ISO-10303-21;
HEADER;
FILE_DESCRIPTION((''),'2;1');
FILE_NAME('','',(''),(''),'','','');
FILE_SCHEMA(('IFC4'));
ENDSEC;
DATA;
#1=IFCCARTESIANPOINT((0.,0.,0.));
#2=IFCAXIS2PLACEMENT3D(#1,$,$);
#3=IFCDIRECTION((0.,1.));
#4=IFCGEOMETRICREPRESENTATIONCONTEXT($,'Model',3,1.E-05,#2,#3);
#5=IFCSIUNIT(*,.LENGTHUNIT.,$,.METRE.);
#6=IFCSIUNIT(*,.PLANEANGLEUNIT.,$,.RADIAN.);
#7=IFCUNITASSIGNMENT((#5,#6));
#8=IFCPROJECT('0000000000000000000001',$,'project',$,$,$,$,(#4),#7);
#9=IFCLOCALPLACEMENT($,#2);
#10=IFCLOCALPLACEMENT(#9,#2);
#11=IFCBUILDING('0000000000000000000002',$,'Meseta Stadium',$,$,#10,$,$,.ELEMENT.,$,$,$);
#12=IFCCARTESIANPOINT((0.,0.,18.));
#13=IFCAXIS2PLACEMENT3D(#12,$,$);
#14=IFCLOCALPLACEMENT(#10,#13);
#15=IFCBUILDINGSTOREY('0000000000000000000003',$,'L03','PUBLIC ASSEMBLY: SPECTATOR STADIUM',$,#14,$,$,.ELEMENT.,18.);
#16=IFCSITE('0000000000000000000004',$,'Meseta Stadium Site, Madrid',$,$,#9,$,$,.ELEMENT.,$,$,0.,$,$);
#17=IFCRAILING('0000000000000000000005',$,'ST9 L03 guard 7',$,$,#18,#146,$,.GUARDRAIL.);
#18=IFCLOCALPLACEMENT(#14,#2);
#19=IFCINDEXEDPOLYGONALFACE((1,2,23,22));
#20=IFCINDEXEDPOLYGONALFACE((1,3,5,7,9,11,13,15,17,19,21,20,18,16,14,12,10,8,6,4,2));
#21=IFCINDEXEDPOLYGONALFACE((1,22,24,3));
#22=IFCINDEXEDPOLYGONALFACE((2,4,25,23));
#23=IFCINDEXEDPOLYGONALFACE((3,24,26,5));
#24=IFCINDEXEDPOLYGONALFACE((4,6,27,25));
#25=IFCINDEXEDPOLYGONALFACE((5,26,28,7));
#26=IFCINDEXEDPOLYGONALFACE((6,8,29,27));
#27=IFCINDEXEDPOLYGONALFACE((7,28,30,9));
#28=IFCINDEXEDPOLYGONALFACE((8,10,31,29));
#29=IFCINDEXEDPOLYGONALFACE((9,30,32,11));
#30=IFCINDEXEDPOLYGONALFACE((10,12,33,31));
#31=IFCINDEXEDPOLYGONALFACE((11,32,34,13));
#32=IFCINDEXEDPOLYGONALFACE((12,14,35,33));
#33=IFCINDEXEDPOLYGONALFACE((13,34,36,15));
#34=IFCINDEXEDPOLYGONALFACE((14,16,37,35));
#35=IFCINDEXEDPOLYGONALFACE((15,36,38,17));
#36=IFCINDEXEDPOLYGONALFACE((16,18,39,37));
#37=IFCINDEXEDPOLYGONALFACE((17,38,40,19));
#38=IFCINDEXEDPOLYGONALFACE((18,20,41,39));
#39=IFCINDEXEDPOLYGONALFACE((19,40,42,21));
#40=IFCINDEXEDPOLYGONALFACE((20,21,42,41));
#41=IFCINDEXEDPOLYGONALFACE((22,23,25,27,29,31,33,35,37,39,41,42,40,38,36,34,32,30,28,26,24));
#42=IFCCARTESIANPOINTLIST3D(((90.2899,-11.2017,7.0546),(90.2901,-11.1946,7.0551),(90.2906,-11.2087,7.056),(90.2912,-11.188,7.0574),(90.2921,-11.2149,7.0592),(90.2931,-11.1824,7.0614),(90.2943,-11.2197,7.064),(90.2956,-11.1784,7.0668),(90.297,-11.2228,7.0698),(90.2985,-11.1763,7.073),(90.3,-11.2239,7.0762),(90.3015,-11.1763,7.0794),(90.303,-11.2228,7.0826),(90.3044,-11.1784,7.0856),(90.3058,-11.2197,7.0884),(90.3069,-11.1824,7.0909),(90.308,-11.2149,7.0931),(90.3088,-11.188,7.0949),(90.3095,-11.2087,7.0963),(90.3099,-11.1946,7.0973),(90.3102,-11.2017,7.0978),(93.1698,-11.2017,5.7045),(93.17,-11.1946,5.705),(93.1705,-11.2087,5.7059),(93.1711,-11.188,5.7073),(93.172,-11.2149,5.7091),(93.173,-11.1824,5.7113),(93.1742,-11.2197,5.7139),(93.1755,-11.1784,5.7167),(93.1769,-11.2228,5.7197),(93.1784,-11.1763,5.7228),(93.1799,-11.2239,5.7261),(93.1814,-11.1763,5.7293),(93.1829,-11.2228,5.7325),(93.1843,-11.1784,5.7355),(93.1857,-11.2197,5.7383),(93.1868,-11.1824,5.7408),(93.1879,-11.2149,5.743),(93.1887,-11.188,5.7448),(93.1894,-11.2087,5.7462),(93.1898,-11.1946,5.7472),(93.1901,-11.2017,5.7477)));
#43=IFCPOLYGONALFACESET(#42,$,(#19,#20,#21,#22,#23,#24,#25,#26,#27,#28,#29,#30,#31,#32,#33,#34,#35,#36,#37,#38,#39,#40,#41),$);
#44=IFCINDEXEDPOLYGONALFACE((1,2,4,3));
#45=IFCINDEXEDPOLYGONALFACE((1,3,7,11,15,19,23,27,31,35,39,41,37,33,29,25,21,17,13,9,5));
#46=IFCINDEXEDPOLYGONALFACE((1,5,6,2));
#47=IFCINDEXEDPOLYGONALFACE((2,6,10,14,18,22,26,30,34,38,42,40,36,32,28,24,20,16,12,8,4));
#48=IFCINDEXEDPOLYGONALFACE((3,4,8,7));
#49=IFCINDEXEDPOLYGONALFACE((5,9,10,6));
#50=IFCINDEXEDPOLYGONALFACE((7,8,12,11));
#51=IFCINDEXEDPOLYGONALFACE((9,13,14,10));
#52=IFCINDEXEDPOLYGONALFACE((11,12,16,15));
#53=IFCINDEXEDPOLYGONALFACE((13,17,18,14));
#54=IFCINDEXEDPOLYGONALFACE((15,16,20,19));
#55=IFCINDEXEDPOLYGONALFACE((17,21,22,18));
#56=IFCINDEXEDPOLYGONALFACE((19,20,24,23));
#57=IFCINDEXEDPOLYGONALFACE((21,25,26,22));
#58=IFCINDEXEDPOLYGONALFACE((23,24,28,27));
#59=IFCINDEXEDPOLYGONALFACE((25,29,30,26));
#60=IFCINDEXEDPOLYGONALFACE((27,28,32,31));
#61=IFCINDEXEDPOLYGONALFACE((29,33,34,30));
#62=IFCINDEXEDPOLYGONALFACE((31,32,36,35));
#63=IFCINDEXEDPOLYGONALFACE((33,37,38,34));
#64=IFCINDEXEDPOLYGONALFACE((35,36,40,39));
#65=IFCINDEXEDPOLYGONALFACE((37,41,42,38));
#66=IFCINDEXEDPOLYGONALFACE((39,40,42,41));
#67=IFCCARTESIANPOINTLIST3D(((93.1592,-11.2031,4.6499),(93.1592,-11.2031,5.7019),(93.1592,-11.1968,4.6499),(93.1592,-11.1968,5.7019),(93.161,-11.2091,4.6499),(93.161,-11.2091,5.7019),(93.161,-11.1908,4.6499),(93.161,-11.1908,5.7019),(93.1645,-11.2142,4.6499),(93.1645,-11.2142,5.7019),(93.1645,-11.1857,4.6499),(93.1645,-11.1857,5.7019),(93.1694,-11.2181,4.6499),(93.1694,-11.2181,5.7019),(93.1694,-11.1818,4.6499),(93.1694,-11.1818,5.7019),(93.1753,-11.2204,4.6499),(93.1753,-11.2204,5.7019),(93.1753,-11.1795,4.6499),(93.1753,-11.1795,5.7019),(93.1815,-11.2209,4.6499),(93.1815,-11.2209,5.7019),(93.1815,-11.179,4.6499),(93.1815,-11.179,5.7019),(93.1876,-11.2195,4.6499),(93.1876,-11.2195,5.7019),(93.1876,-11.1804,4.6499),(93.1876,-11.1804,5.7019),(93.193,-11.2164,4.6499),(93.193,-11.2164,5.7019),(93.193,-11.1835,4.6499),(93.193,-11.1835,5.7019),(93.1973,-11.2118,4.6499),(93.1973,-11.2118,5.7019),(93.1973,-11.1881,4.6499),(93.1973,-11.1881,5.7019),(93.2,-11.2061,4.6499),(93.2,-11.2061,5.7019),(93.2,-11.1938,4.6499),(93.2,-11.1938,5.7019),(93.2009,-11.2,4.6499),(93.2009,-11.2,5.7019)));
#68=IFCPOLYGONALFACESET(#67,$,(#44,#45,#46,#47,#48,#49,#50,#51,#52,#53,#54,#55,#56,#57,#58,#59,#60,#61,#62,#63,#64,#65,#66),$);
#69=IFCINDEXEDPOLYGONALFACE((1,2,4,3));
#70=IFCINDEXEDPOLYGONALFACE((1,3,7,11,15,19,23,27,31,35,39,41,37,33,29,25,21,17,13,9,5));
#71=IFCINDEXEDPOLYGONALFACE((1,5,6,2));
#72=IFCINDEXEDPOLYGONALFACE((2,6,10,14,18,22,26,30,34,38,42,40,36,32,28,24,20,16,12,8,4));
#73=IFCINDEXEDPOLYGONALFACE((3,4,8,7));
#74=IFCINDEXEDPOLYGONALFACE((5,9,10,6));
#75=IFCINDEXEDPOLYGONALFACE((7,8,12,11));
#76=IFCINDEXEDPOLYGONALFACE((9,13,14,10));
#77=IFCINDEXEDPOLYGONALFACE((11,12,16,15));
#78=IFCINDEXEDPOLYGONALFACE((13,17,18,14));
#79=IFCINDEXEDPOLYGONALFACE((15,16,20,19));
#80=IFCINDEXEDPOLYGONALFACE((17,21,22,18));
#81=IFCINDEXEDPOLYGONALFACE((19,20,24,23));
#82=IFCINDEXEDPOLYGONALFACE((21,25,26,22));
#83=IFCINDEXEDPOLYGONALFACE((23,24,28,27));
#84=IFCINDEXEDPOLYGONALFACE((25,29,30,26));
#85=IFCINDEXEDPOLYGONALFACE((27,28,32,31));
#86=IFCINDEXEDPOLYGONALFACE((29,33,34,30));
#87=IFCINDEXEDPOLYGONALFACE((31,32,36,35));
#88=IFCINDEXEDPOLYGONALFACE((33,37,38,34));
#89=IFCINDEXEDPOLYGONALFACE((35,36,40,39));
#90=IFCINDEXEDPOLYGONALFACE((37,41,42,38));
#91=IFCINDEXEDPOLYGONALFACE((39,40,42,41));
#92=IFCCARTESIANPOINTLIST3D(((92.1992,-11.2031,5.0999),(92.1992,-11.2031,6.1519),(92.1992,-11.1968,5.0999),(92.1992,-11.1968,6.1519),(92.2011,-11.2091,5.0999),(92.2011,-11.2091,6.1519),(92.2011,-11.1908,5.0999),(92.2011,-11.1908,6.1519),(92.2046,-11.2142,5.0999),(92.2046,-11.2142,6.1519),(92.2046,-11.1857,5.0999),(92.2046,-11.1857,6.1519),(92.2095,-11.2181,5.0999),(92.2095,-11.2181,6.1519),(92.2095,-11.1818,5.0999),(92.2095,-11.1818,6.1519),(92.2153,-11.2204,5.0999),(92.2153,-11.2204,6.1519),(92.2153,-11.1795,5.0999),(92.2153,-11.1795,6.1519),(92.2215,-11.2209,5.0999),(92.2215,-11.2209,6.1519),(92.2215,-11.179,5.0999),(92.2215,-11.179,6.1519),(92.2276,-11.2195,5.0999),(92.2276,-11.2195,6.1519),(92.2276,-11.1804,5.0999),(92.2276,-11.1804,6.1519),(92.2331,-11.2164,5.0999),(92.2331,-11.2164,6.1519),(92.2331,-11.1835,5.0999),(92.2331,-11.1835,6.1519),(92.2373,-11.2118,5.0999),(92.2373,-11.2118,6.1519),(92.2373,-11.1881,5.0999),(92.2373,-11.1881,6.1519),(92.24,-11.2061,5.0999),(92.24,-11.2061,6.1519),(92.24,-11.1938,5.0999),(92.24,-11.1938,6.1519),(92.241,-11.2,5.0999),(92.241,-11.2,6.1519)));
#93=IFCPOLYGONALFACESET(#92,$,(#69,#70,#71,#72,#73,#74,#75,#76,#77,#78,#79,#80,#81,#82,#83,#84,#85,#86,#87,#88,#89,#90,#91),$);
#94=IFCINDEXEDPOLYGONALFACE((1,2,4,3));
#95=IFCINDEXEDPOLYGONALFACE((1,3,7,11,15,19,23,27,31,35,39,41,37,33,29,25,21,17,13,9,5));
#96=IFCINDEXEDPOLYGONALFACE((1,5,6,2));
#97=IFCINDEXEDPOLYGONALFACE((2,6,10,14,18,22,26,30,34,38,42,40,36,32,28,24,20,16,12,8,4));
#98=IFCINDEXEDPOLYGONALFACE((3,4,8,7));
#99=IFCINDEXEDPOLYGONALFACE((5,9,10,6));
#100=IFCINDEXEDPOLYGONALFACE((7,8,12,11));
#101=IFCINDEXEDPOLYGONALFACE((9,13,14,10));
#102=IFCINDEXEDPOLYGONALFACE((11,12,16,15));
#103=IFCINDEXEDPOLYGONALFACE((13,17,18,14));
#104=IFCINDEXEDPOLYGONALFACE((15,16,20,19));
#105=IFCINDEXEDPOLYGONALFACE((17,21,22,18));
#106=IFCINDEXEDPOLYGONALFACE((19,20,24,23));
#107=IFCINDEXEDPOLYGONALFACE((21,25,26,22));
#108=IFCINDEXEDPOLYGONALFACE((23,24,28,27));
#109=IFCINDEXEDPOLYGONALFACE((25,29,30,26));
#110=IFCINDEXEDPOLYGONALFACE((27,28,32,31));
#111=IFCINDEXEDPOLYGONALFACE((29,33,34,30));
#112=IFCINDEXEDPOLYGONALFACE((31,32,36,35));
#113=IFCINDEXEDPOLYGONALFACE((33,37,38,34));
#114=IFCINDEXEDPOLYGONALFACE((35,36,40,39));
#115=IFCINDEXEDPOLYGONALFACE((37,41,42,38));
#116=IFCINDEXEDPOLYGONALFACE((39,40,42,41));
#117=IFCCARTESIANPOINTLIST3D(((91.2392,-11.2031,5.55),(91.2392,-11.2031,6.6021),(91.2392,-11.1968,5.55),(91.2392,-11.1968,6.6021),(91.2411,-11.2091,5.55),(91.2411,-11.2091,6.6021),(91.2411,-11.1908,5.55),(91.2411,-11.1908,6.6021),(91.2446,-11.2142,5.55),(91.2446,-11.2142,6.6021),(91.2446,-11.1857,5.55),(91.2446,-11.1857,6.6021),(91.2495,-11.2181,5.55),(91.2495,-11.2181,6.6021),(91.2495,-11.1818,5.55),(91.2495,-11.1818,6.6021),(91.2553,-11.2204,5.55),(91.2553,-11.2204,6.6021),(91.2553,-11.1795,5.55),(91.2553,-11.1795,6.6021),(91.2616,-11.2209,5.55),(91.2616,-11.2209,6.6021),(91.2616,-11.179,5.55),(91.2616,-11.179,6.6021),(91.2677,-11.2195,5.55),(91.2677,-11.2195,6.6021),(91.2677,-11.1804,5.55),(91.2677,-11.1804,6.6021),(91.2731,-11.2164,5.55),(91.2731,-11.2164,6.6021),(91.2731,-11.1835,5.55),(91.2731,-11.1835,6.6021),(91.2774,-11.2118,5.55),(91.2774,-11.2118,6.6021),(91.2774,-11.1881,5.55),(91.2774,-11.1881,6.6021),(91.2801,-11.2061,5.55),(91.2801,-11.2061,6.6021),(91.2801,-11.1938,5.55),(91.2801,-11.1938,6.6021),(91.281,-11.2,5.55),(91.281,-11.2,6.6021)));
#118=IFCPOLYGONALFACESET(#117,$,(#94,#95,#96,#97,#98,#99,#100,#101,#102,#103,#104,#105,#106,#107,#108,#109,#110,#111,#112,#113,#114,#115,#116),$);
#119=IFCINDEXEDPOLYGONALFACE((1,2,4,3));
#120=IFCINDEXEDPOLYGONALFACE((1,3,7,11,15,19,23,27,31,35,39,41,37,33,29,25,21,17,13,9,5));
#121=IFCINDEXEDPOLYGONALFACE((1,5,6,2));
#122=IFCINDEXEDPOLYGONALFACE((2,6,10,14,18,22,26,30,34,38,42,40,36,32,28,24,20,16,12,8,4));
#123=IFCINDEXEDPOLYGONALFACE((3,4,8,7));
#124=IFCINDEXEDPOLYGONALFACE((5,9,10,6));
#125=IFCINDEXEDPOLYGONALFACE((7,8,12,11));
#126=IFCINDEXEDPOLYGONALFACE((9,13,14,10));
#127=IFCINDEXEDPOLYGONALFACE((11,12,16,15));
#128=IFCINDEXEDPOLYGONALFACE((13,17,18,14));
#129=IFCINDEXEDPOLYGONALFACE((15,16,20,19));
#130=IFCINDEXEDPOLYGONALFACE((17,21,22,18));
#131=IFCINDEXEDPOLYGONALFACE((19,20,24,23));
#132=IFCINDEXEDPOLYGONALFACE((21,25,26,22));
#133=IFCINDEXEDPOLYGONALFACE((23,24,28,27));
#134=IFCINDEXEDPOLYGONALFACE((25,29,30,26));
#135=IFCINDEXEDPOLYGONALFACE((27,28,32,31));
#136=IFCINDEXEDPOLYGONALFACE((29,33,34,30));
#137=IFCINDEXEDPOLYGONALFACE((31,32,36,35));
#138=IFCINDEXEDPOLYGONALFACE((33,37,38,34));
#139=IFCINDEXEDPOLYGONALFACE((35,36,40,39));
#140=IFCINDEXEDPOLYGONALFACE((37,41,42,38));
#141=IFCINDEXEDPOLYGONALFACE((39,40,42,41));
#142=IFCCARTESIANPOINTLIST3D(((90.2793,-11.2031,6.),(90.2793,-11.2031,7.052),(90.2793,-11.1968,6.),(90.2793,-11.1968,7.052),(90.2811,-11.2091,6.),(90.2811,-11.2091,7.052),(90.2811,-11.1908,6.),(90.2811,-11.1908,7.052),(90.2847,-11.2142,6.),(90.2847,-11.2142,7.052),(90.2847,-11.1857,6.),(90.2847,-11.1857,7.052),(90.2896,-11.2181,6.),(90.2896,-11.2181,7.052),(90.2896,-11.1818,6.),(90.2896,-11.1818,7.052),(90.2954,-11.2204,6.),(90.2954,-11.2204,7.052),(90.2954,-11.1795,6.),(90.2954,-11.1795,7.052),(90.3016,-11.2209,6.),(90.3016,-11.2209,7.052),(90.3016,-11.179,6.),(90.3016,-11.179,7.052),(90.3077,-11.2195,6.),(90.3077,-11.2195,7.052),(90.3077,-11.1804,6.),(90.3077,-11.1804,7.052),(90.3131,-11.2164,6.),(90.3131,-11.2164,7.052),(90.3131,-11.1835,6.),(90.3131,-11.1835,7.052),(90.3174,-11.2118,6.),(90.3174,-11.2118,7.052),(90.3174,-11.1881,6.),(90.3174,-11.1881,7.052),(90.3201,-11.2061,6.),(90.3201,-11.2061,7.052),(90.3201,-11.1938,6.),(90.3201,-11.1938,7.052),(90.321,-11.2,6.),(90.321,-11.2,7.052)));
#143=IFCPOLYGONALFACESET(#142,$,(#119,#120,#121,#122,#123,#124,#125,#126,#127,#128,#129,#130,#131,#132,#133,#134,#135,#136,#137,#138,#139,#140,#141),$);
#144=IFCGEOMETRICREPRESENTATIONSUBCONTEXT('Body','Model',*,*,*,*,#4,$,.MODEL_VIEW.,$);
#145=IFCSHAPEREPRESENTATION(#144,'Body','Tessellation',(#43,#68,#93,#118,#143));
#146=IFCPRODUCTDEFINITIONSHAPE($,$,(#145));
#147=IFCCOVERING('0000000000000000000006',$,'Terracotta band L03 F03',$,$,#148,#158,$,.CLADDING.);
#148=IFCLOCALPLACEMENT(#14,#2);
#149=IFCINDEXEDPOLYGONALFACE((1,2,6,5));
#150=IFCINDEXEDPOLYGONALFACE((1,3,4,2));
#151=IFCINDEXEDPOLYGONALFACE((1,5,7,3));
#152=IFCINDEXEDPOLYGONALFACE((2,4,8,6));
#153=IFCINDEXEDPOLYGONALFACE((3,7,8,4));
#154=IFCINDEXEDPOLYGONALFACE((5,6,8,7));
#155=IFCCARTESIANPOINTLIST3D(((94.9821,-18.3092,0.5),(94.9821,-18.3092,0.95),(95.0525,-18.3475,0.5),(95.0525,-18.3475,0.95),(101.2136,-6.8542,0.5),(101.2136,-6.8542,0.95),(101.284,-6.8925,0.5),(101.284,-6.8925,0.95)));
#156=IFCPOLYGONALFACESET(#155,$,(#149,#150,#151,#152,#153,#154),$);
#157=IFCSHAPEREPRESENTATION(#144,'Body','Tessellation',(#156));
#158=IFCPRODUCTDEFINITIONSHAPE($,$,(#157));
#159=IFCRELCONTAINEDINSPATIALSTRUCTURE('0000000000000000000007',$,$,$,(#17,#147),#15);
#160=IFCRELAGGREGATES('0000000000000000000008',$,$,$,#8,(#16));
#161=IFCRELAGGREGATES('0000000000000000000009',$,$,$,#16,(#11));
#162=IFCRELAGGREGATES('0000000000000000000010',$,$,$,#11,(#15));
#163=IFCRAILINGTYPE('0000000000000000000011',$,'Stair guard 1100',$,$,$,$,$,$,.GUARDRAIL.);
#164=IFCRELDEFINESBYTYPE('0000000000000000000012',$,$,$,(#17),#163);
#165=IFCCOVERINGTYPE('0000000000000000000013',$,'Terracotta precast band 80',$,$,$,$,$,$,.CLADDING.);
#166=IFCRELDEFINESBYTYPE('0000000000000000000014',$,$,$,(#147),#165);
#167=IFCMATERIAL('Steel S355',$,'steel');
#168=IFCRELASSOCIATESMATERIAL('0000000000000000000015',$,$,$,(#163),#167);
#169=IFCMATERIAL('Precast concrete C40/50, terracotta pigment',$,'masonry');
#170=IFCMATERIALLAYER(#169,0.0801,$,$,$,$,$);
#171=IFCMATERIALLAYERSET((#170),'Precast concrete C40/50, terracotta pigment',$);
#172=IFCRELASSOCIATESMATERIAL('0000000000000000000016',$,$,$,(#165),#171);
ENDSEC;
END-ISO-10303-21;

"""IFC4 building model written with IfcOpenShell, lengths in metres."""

from ifc_helpers import new_model, si_unit, direction, frame, origin, origin_2d, place, context, subcontext, project, spatial, rectangle, circle, extrude, material, layer, layer_set, type_object, element, save


model = new_model("IFC4")

# Units and contexts
model_context = context("Model", 3, precision=1e-05, world=origin(), true_north=direction((0.0, 1.0)))
body_context = subcontext(model_context, "Body", "Model", "MODEL_VIEW")
ifc_project = project(units=[si_unit("LENGTHUNIT", "METRE"), si_unit("PLANEANGLEUNIT", "RADIAN")], contexts=[model_context])

# Site, building, storey
site_placement = place(None, origin())
site = spatial("IfcSite", under=ifc_project, at=site_placement, Name="Meseta Stadium Site, Madrid", CompositionType="ELEMENT", RefElevation=0.0)
building_placement = place(site_placement, origin())
building = spatial("IfcBuilding", under=site, at=building_placement, Name="Meseta Stadium", CompositionType="ELEMENT")
storey_placement = place(building_placement, frame((0.0, 0.0, 18.0)))
storey = spatial("IfcBuildingStorey", under=building, at=storey_placement, Name="L03", Description="PUBLIC ASSEMBLY: SPECTATOR STADIUM", CompositionType="ELEMENT", Elevation=18.0)

# Railing
ifc_material_1 = material(Name="Steel S355", Category="steel")
railing_type = type_object("IfcRailingType", Name="Stair guard 1100", PredefinedType="GUARDRAIL", material=ifc_material_1)
railing_1_placement = place(storey_placement, frame((93.1799, -11.2, 4.6499)))
element("IfcRailing", 1, at=railing_1_placement, inside=storey, type_object=railing_type, Name="ST9 L03 guard 7", PredefinedType="GUARDRAIL", context=body_context, shape_type="SweptSolid", body=[
    extrude(circle(Radius=0.0239, at=origin_2d()), frame((0.0, 0.0, 1.0762), z_axis=(-0.90544, 0.0, 0.424473), x_axis=(0.0, -1.0, 0.0)), (0.0, 0.0, 1.0), 3.1807),
    extrude(circle(Radius=0.021, at=origin_2d()), origin(), (0.0, 0.0, 1.0), 1.052),
    extrude(circle(Radius=0.021, at=origin_2d()), frame((-0.96, 0.0, 0.45)), (0.0, 0.0, 1.0), 1.052),
    extrude(circle(Radius=0.021, at=origin_2d()), frame((-1.9199, 0.0, 0.9001)), (0.0, 0.0, 1.0), 1.052),
    extrude(circle(Radius=0.021, at=origin_2d()), frame((-2.8799, 0.0, 1.3501)), (0.0, 0.0, 1.0), 1.052),
])

# Covering
ifc_material_2 = material(Name="Precast concrete C40/50, terracotta pigment", Category="masonry")
ifc_layer_1 = layer(ifc_material_2, 0.0801)
ifc_layer_set_1 = layer_set([ifc_layer_1], Name="Precast concrete C40/50, terracotta pigment")
covering_type_1 = type_object("IfcCoveringType", Name="Terracotta precast band 80", PredefinedType="CLADDING", material=ifc_layer_set_1)
covering_1_placement = place(storey_placement, frame((98.1331, -12.6008, 0.5), z_axis=(0.0, 0.0, 1.0), x_axis=(-0.477867, -0.878432, 0.0)))
element("IfcCovering", 2, at=covering_1_placement, inside=storey, type_object=covering_type_1, Name="Terracotta band L03 F03", PredefinedType="CLADDING", context=body_context, shape_type="SweptSolid", body=[
    extrude(rectangle(XDim=13.0403, YDim=0.0801, at=origin_2d()), origin(), (0.0, 0.0, 1.0), 0.45),
])

save(model, "model.ifc")
